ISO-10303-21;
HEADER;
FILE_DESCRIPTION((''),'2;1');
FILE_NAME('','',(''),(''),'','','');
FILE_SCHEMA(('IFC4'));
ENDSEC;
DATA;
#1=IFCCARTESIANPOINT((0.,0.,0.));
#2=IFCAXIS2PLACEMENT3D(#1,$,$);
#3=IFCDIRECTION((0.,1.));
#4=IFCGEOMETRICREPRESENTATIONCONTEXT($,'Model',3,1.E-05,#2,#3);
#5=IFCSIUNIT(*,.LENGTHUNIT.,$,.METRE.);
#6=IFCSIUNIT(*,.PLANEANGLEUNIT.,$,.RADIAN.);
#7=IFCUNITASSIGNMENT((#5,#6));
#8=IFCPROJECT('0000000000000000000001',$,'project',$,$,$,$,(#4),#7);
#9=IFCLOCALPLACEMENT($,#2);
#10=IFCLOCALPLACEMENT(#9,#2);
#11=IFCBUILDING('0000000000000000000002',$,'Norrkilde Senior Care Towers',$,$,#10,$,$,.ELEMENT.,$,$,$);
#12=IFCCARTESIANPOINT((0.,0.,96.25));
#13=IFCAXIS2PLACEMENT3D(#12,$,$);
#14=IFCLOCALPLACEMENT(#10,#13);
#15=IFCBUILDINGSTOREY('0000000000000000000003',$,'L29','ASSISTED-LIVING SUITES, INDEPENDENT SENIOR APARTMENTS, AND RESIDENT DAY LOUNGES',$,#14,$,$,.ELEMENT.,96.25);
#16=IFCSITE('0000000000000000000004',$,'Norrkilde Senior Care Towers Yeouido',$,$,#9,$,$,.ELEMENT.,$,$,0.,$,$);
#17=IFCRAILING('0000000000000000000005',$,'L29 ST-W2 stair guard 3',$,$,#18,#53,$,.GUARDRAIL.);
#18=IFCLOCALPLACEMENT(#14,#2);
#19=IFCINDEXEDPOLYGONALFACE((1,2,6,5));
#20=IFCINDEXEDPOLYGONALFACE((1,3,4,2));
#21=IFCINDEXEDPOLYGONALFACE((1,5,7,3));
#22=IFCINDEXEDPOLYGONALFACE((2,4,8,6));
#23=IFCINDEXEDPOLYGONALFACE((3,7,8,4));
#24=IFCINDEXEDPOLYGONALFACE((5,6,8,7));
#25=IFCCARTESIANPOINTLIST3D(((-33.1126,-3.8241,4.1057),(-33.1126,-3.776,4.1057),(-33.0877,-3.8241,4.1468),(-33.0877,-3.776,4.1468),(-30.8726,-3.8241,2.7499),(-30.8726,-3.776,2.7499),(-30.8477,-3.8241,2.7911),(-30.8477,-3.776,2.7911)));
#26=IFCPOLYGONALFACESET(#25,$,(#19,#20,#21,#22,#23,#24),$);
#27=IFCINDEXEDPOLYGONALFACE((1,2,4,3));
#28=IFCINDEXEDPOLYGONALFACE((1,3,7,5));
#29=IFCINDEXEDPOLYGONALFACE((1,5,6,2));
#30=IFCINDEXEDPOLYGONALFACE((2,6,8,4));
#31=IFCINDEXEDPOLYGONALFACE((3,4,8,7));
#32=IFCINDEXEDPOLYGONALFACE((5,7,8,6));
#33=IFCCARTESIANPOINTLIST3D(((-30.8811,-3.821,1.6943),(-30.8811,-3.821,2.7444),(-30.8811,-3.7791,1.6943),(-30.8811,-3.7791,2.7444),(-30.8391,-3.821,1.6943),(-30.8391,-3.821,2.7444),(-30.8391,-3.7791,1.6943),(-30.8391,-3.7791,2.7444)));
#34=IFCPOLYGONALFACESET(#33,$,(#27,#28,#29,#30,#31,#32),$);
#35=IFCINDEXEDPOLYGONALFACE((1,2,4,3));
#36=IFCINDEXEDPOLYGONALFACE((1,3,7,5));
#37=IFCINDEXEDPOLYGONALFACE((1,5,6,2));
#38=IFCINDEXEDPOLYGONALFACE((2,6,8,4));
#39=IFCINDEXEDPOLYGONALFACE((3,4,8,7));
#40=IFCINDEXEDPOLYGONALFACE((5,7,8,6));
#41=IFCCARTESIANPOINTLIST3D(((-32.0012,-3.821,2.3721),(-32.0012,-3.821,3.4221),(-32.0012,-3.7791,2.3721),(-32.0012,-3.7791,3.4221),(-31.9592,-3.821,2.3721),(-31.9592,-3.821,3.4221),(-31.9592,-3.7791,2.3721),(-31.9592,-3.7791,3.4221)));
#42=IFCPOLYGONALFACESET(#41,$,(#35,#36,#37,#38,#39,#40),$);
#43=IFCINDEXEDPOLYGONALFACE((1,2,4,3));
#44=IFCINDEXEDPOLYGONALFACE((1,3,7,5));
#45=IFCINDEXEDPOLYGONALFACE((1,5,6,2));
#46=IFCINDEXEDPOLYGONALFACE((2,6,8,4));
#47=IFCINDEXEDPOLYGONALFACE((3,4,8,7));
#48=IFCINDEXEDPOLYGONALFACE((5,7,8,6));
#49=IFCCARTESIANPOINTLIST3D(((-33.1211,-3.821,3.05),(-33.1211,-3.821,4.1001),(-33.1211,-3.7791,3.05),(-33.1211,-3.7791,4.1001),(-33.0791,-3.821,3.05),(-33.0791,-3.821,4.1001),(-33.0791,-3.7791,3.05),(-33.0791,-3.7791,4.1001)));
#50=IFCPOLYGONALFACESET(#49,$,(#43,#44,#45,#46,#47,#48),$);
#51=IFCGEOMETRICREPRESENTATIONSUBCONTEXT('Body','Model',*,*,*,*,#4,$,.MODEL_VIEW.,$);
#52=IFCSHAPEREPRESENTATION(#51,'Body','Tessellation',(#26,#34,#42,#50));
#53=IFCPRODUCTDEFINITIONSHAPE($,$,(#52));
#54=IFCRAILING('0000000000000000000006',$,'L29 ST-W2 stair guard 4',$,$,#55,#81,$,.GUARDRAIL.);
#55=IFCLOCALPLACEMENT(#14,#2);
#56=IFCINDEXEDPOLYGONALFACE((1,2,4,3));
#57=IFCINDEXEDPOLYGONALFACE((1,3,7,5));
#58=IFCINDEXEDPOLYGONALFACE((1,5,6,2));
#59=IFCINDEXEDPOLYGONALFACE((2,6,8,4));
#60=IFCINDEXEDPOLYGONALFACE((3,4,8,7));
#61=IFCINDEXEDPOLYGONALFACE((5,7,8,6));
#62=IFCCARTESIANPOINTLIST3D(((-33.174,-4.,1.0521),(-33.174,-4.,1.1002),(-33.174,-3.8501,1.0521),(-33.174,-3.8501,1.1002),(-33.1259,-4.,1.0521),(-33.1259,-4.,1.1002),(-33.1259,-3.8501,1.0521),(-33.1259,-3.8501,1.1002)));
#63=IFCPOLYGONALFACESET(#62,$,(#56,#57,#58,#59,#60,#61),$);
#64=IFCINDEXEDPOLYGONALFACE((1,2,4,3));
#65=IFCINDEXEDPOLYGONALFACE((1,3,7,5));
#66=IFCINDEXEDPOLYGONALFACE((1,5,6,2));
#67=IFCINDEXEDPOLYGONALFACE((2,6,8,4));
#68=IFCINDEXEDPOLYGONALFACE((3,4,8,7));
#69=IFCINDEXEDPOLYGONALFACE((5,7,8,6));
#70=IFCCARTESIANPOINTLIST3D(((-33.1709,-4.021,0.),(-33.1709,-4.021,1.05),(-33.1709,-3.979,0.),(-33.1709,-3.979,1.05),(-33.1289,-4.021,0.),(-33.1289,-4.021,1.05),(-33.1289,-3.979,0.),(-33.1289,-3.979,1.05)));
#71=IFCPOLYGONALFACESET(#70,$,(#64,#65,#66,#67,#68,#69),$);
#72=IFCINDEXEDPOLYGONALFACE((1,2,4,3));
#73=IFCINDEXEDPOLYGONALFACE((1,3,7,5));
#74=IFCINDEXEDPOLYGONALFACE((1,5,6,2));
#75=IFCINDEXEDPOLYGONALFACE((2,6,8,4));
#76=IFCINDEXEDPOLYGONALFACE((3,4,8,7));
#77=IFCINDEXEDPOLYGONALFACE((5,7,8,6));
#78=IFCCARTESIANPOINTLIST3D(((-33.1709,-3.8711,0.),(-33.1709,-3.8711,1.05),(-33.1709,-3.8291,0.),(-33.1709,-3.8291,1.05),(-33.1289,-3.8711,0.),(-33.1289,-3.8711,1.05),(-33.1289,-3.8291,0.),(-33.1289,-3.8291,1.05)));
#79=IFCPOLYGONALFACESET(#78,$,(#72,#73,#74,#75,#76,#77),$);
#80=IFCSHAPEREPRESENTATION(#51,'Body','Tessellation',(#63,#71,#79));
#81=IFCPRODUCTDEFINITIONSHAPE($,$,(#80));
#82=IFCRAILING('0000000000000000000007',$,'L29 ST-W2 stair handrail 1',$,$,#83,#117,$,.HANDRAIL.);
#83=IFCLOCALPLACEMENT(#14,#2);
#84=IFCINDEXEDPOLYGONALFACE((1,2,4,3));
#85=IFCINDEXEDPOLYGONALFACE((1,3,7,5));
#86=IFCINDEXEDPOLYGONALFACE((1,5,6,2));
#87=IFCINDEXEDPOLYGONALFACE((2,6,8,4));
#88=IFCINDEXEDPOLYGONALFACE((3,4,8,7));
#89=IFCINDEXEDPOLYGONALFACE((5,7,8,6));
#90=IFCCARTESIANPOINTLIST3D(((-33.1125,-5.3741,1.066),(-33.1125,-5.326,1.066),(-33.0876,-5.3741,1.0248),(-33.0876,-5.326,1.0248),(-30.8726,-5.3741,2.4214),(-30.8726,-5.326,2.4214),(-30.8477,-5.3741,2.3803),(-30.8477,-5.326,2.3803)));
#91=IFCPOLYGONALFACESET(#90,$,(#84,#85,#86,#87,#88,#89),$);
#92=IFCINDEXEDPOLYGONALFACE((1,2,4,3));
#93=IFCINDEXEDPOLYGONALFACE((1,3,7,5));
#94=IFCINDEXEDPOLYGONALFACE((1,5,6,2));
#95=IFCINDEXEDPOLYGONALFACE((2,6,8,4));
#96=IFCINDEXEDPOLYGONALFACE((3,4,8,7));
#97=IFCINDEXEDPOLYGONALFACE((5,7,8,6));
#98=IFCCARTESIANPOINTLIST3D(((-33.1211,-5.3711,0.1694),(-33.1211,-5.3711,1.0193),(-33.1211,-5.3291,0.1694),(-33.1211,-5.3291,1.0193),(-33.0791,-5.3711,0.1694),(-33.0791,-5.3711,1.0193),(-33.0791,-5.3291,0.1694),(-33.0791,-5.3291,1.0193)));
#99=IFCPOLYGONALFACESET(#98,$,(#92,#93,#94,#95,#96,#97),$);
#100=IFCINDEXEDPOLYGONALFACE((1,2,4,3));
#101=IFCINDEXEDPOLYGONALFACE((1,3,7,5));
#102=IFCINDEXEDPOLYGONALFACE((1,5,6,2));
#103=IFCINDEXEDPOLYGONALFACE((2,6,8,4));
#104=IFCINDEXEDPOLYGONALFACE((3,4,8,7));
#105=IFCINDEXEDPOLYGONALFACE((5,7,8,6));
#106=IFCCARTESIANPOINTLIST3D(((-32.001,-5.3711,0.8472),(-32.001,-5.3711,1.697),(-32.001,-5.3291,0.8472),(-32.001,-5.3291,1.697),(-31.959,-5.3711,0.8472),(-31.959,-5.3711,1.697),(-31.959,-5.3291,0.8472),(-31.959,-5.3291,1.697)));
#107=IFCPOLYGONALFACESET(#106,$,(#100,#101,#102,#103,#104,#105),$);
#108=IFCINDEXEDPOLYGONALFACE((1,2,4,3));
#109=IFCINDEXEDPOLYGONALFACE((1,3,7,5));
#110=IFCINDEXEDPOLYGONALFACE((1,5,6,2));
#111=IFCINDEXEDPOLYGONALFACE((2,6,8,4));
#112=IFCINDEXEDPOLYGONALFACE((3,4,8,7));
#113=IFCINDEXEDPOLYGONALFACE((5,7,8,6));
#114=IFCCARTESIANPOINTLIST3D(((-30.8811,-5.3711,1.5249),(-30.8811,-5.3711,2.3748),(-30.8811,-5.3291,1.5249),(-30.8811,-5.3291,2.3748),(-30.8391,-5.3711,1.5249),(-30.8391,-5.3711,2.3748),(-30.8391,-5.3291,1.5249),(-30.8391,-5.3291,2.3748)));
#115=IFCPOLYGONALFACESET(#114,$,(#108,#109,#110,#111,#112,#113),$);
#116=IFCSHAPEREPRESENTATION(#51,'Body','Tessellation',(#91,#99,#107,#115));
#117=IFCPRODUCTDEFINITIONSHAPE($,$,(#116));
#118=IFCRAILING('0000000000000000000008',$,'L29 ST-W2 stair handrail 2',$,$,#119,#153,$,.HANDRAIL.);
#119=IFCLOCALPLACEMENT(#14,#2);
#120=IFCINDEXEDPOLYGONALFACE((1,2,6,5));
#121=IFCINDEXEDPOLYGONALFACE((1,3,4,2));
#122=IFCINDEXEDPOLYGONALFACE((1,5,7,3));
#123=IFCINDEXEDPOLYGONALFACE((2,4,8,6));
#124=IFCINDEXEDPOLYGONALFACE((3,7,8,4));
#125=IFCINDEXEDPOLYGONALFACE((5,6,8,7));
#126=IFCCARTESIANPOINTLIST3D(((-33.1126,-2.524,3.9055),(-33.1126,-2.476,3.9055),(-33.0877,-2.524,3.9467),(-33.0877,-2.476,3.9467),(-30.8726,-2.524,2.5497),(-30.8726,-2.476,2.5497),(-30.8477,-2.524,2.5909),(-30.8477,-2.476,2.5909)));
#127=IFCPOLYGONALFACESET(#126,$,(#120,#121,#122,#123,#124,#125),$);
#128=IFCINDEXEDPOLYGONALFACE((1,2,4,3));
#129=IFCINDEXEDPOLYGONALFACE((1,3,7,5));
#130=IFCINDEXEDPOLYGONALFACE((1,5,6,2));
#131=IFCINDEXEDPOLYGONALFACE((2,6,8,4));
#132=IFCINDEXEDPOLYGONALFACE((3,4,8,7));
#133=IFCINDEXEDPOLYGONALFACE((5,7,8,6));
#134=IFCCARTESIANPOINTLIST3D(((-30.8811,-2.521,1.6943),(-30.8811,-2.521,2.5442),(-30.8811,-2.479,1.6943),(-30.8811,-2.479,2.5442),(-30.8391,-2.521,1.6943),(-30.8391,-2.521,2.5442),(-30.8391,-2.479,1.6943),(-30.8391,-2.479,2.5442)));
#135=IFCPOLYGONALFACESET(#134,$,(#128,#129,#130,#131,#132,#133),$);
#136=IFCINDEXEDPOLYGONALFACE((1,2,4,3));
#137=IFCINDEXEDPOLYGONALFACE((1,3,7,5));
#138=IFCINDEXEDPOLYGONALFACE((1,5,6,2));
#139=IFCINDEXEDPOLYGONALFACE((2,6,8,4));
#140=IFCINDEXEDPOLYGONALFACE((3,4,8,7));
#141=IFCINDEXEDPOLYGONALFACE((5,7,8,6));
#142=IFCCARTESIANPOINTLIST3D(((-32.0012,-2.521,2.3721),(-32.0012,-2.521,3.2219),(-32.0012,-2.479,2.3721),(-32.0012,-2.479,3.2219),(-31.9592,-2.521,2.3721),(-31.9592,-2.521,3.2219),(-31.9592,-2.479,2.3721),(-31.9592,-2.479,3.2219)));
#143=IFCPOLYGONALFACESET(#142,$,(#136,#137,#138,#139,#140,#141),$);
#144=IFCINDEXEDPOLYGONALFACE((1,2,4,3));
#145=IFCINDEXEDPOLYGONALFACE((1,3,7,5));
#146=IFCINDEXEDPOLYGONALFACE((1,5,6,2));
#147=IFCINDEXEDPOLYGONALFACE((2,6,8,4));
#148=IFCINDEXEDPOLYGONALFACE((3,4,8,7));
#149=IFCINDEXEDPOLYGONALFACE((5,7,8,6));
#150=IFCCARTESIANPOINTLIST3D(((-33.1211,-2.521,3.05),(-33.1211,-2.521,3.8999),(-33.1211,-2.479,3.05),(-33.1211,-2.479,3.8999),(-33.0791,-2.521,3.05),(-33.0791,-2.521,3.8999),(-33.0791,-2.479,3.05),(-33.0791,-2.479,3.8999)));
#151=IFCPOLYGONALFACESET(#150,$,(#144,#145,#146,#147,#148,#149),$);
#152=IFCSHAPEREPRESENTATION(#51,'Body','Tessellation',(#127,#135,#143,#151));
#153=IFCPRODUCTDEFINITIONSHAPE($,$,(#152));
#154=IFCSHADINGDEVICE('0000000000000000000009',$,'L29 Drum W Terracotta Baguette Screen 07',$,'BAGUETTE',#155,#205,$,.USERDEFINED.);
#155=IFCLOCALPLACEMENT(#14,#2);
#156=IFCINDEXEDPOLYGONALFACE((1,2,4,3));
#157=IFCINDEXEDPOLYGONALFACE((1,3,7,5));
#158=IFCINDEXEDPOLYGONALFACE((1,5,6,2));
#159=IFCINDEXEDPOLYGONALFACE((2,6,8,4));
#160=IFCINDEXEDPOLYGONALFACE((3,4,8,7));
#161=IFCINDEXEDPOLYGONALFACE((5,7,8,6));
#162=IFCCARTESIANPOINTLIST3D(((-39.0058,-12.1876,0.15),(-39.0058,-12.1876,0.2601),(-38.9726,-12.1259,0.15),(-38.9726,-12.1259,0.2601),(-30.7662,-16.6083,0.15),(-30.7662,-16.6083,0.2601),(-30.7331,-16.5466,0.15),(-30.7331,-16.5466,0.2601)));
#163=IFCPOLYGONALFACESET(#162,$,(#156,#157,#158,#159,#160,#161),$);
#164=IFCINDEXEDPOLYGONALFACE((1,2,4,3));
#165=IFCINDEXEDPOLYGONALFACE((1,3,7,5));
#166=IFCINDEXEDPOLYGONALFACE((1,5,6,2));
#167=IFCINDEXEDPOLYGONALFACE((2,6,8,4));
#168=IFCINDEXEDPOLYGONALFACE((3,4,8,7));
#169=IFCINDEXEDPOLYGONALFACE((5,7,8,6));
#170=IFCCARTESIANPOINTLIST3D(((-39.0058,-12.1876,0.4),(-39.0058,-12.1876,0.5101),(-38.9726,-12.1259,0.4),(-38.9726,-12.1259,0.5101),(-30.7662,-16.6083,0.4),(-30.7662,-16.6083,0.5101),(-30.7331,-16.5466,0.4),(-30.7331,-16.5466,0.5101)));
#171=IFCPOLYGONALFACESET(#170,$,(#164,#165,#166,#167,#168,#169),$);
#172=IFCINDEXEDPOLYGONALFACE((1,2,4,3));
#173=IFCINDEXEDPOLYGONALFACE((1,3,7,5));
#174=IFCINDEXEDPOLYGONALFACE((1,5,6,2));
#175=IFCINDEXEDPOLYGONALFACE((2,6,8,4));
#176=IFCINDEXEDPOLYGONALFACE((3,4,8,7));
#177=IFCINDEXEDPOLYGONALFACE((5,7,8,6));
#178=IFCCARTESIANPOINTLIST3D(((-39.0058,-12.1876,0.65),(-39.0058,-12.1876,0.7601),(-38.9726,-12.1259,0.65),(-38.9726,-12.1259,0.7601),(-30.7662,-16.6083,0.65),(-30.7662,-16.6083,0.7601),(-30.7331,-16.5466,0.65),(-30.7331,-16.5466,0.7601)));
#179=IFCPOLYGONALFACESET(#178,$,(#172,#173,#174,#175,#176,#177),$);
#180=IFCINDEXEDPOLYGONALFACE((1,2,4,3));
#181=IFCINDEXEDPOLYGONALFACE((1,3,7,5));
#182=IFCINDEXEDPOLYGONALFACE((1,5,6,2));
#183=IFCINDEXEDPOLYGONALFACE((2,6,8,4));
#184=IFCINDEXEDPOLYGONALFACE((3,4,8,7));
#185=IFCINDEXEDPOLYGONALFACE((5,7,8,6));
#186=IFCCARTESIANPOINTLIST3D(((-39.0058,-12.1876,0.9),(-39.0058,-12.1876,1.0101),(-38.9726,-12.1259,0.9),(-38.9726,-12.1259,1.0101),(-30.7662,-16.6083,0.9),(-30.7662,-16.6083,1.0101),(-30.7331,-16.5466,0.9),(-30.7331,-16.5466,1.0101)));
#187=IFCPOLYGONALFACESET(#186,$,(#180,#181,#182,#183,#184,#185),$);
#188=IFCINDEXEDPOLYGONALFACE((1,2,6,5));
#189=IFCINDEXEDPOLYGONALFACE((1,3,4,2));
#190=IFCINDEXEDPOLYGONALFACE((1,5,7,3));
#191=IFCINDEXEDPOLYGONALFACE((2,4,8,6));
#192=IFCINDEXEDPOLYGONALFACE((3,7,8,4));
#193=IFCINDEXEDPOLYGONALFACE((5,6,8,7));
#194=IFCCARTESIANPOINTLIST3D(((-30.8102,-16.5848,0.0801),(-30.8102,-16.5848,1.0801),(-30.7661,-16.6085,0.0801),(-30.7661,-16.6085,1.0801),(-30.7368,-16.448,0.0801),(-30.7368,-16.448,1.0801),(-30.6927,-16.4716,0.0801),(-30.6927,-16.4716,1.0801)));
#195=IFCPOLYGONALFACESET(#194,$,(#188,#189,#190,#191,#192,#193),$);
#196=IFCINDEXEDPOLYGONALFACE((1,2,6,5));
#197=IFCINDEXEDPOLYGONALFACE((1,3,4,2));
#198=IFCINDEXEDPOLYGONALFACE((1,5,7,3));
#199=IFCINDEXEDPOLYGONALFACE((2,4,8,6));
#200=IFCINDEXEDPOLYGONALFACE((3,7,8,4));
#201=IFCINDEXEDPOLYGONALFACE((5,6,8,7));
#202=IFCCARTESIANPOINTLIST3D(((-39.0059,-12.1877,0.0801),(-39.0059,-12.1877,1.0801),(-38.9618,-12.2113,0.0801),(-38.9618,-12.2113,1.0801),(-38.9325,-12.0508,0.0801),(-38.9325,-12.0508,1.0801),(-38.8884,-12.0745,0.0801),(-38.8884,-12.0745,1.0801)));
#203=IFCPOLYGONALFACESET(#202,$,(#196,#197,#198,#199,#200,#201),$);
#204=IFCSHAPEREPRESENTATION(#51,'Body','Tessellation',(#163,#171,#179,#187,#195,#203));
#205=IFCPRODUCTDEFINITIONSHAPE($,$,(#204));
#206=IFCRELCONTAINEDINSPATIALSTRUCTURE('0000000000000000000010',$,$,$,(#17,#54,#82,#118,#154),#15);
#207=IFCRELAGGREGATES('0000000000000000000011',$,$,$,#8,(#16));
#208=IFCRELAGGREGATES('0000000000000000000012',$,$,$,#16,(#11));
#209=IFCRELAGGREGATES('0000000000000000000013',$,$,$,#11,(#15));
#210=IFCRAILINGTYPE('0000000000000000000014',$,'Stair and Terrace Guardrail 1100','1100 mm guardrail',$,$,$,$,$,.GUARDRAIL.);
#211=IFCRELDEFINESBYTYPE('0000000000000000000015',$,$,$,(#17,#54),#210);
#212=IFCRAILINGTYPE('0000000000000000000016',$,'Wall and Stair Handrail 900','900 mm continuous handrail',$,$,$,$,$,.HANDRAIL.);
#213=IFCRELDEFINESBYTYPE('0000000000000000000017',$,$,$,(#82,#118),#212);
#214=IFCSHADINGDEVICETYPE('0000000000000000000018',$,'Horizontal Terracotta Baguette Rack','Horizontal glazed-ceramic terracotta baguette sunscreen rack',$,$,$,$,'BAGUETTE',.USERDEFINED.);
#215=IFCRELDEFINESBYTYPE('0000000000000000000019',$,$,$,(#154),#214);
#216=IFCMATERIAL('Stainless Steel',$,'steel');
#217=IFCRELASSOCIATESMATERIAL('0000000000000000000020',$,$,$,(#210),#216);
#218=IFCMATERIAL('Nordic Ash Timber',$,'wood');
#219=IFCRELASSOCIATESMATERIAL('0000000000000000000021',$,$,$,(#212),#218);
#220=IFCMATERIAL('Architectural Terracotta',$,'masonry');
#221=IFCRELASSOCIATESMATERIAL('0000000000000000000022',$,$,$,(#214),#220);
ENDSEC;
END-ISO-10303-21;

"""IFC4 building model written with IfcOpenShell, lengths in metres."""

from ifc_helpers import new_model, si_unit, direction, frame, origin, origin_2d, place, context, subcontext, project, spatial, rectangle, extrude, source, transform, mapped, material, type_object, type_shapes, element, save


model = new_model("IFC4")

# Units and contexts
model_context = context("Model", 3, precision=1e-05, world=origin(), true_north=direction((0.0, 1.0)))
body_context = subcontext(model_context, "Body", "Model", "MODEL_VIEW")
ifc_project = project(units=[si_unit("LENGTHUNIT", "METRE"), si_unit("PLANEANGLEUNIT", "RADIAN")], contexts=[model_context])

# Site, building, storey
site_placement = place(None, origin())
site = spatial("IfcSite", under=ifc_project, at=site_placement, Name="Norrkilde Senior Care Towers Yeouido", CompositionType="ELEMENT", RefElevation=0.0)
building_placement = place(site_placement, origin())
building = spatial("IfcBuilding", under=site, at=building_placement, Name="Norrkilde Senior Care Towers", CompositionType="ELEMENT")
storey_placement = place(building_placement, frame((0.0, 0.0, 96.25)))
storey = spatial("IfcBuildingStorey", under=building, at=storey_placement, Name="L29", Description="ASSISTED-LIVING SUITES, INDEPENDENT SENIOR APARTMENTS, AND RESIDENT DAY LOUNGES", CompositionType="ELEMENT", Elevation=96.25)

# Railings
ifc_material_1 = material(Name="Stainless Steel", Category="steel")
railing_type_1 = type_object("IfcRailingType", Name="Stair and Terrace Guardrail 1100", Description="1100 mm guardrail", PredefinedType="GUARDRAIL", material=ifc_material_1)
railing_1_placement = place(storey_placement, frame((-30.8601, -3.8, 1.6943)))
element("IfcRailing", 1, at=railing_1_placement, inside=storey, type_object=railing_type_1, Name="L29 ST-W2 stair guard 3", PredefinedType="GUARDRAIL", context=body_context, shape_type="SweptSolid", body=[
    extrude(rectangle(XDim=0.0481, YDim=0.0481, at=origin_2d()), frame((0.0, 0.0, 1.0762), z_axis=(-0.855512, 0.0, 0.517783), x_axis=(0.0, -1.0, 0.0)), (0.0, 0.0, 1.0), 2.6184),
    extrude(rectangle(XDim=0.042, YDim=0.042, at=origin_2d()), origin(), (0.0, 0.0, 1.0), 1.05),
    extrude(rectangle(XDim=0.042, YDim=0.042, at=origin_2d()), frame((-1.1201, 0.0, 0.6777)), (0.0, 0.0, 1.0), 1.05),
    extrude(rectangle(XDim=0.042, YDim=0.042, at=origin_2d()), frame((-2.24, 0.0, 1.3557)), (0.0, 0.0, 1.0), 1.05),
])
railing_2_placement = place(storey_placement, frame((-33.1499, -4.0, 0.0)))
element("IfcRailing", 2, at=railing_2_placement, inside=storey, type_object=railing_type_1, Name="L29 ST-W2 stair guard 4", PredefinedType="GUARDRAIL", context=body_context, shape_type="SweptSolid", body=[
    extrude(rectangle(XDim=0.0481, YDim=0.0481, at=origin_2d()), frame((0.0, 0.0, 1.0762), z_axis=(0.0, 1.0, 0.0), x_axis=(-1.0, 0.0, 0.0)), (0.0, 0.0, 1.0), 0.1499),
    extrude(rectangle(XDim=0.042, YDim=0.042, at=origin_2d()), origin(), (0.0, 0.0, 1.0), 1.05),
    extrude(rectangle(XDim=0.042, YDim=0.042, at=origin_2d()), frame((0.0, 0.1499, 0.0)), (0.0, 0.0, 1.0), 1.05),
])
ifc_material_2 = material(Name="Nordic Ash Timber", Category="wood")
railing_type_2 = type_object("IfcRailingType", Name="Wall and Stair Handrail 900", Description="900 mm continuous handrail", PredefinedType="HANDRAIL", material=ifc_material_2)
railing_3_placement = place(storey_placement, frame((-33.1001, -5.3501, 0.1694)))
element("IfcRailing", 3, at=railing_3_placement, inside=storey, type_object=railing_type_2, Name="L29 ST-W2 stair handrail 1", PredefinedType="HANDRAIL", context=body_context, shape_type="SweptSolid", body=[
    extrude(rectangle(XDim=0.0481, YDim=0.0481, at=origin_2d()), frame((0.0, 0.0, 0.876), z_axis=(0.855553, 0.0, 0.517715), x_axis=(0.0, 1.0, 0.0)), (0.0, 0.0, 1.0), 2.6182),
    extrude(rectangle(XDim=0.042, YDim=0.042, at=origin_2d()), origin(), (0.0, 0.0, 1.0), 0.8499),
    extrude(rectangle(XDim=0.042, YDim=0.042, at=origin_2d()), frame((1.1201, 0.0, 0.6777)), (0.0, 0.0, 1.0), 0.8499),
    extrude(rectangle(XDim=0.042, YDim=0.042, at=origin_2d()), frame((2.24, 0.0, 1.3555)), (0.0, 0.0, 1.0), 0.8499),
])
railing_4_placement = place(storey_placement, frame((-30.8601, -2.5, 1.6943)))
element("IfcRailing", 4, at=railing_4_placement, inside=storey, type_object=railing_type_2, Name="L29 ST-W2 stair handrail 2", PredefinedType="HANDRAIL", context=body_context, shape_type="SweptSolid", body=[
    extrude(rectangle(XDim=0.0481, YDim=0.0481, at=origin_2d()), frame((0.0, 0.0, 0.876), z_axis=(-0.855512, 0.0, 0.517783), x_axis=(0.0, -1.0, 0.0)), (0.0, 0.0, 1.0), 2.6184),
    extrude(rectangle(XDim=0.042, YDim=0.042, at=origin_2d()), origin(), (0.0, 0.0, 1.0), 0.8499),
    extrude(rectangle(XDim=0.042, YDim=0.042, at=origin_2d()), frame((-1.1201, 0.0, 0.6777)), (0.0, 0.0, 1.0), 0.8499),
    extrude(rectangle(XDim=0.042, YDim=0.042, at=origin_2d()), frame((-2.24, 0.0, 1.3557)), (0.0, 0.0, 1.0), 0.8499),
])

# Shading device
ifc_material_3 = material(Name="Architectural Terracotta", Category="masonry")
shading_device_type = type_object("IfcShadingDeviceType", Name="Horizontal Terracotta Baguette Rack", Description="Horizontal glazed-ceramic terracotta baguette sunscreen rack", ElementType="BAGUETTE", PredefinedType="USERDEFINED", material=ifc_material_3)
shared_shape_1 = source(origin(), body_context, "Body", "SweptSolid", [
    extrude(rectangle(XDim=0.0701, YDim=0.1101, at=origin_2d()), frame((0.0, 0.0901, 0.125), z_axis=(1.0, 0.0, 0.0), x_axis=(0.0, 1.0, 0.0)), (0.0, 0.0, 1.0), 9.3506),
    extrude(rectangle(XDim=0.0701, YDim=0.1101, at=origin_2d()), frame((0.0, 0.0901, 0.375), z_axis=(1.0, 0.0, 0.0), x_axis=(0.0, 1.0, 0.0)), (0.0, 0.0, 1.0), 9.3506),
    extrude(rectangle(XDim=0.0701, YDim=0.1101, at=origin_2d()), frame((0.0, 0.0901, 0.625), z_axis=(1.0, 0.0, 0.0), x_axis=(0.0, 1.0, 0.0)), (0.0, 0.0, 1.0), 9.3506),
    extrude(rectangle(XDim=0.0701, YDim=0.1101, at=origin_2d()), frame((0.0, 0.0901, 0.875), z_axis=(1.0, 0.0, 0.0), x_axis=(0.0, 1.0, 0.0)), (0.0, 0.0, 1.0), 9.3506),
    extrude(rectangle(XDim=0.05, YDim=0.1553, at=origin_2d()), frame((0.0249, 0.0476, 0.0)), (0.0, 0.0, 1.0), 1.0),
    extrude(rectangle(XDim=0.05, YDim=0.1553, at=origin_2d()), frame((9.3257, 0.0476, 0.0)), (0.0, 0.0, 1.0), 1.0),
])
type_shapes(shading_device_type, [shared_shape_1])
shading_device_placement = place(storey_placement, frame((-30.707, -16.498, 0.0801), z_axis=(0.0, 0.0, 1.0), x_axis=(-0.881175, 0.472768, 0.0)))
element("IfcShadingDevice", 5, at=shading_device_placement, inside=storey, type_object=shading_device_type, Name="L29 Drum W Terracotta Baguette Screen 07", ObjectType="BAGUETTE", PredefinedType="USERDEFINED", context=body_context, shape_type="MappedRepresentation", body=[
    mapped(shared_shape_1, transform((0.0, 0.0, 0.0), x_axis=(1.0, 0.0, 0.0), y_axis=(0.0, 1.0, 0.0), z_axis=(0.0, 0.0, 1.0), scale=1.0)),
])

save(model, "model.ifc")
